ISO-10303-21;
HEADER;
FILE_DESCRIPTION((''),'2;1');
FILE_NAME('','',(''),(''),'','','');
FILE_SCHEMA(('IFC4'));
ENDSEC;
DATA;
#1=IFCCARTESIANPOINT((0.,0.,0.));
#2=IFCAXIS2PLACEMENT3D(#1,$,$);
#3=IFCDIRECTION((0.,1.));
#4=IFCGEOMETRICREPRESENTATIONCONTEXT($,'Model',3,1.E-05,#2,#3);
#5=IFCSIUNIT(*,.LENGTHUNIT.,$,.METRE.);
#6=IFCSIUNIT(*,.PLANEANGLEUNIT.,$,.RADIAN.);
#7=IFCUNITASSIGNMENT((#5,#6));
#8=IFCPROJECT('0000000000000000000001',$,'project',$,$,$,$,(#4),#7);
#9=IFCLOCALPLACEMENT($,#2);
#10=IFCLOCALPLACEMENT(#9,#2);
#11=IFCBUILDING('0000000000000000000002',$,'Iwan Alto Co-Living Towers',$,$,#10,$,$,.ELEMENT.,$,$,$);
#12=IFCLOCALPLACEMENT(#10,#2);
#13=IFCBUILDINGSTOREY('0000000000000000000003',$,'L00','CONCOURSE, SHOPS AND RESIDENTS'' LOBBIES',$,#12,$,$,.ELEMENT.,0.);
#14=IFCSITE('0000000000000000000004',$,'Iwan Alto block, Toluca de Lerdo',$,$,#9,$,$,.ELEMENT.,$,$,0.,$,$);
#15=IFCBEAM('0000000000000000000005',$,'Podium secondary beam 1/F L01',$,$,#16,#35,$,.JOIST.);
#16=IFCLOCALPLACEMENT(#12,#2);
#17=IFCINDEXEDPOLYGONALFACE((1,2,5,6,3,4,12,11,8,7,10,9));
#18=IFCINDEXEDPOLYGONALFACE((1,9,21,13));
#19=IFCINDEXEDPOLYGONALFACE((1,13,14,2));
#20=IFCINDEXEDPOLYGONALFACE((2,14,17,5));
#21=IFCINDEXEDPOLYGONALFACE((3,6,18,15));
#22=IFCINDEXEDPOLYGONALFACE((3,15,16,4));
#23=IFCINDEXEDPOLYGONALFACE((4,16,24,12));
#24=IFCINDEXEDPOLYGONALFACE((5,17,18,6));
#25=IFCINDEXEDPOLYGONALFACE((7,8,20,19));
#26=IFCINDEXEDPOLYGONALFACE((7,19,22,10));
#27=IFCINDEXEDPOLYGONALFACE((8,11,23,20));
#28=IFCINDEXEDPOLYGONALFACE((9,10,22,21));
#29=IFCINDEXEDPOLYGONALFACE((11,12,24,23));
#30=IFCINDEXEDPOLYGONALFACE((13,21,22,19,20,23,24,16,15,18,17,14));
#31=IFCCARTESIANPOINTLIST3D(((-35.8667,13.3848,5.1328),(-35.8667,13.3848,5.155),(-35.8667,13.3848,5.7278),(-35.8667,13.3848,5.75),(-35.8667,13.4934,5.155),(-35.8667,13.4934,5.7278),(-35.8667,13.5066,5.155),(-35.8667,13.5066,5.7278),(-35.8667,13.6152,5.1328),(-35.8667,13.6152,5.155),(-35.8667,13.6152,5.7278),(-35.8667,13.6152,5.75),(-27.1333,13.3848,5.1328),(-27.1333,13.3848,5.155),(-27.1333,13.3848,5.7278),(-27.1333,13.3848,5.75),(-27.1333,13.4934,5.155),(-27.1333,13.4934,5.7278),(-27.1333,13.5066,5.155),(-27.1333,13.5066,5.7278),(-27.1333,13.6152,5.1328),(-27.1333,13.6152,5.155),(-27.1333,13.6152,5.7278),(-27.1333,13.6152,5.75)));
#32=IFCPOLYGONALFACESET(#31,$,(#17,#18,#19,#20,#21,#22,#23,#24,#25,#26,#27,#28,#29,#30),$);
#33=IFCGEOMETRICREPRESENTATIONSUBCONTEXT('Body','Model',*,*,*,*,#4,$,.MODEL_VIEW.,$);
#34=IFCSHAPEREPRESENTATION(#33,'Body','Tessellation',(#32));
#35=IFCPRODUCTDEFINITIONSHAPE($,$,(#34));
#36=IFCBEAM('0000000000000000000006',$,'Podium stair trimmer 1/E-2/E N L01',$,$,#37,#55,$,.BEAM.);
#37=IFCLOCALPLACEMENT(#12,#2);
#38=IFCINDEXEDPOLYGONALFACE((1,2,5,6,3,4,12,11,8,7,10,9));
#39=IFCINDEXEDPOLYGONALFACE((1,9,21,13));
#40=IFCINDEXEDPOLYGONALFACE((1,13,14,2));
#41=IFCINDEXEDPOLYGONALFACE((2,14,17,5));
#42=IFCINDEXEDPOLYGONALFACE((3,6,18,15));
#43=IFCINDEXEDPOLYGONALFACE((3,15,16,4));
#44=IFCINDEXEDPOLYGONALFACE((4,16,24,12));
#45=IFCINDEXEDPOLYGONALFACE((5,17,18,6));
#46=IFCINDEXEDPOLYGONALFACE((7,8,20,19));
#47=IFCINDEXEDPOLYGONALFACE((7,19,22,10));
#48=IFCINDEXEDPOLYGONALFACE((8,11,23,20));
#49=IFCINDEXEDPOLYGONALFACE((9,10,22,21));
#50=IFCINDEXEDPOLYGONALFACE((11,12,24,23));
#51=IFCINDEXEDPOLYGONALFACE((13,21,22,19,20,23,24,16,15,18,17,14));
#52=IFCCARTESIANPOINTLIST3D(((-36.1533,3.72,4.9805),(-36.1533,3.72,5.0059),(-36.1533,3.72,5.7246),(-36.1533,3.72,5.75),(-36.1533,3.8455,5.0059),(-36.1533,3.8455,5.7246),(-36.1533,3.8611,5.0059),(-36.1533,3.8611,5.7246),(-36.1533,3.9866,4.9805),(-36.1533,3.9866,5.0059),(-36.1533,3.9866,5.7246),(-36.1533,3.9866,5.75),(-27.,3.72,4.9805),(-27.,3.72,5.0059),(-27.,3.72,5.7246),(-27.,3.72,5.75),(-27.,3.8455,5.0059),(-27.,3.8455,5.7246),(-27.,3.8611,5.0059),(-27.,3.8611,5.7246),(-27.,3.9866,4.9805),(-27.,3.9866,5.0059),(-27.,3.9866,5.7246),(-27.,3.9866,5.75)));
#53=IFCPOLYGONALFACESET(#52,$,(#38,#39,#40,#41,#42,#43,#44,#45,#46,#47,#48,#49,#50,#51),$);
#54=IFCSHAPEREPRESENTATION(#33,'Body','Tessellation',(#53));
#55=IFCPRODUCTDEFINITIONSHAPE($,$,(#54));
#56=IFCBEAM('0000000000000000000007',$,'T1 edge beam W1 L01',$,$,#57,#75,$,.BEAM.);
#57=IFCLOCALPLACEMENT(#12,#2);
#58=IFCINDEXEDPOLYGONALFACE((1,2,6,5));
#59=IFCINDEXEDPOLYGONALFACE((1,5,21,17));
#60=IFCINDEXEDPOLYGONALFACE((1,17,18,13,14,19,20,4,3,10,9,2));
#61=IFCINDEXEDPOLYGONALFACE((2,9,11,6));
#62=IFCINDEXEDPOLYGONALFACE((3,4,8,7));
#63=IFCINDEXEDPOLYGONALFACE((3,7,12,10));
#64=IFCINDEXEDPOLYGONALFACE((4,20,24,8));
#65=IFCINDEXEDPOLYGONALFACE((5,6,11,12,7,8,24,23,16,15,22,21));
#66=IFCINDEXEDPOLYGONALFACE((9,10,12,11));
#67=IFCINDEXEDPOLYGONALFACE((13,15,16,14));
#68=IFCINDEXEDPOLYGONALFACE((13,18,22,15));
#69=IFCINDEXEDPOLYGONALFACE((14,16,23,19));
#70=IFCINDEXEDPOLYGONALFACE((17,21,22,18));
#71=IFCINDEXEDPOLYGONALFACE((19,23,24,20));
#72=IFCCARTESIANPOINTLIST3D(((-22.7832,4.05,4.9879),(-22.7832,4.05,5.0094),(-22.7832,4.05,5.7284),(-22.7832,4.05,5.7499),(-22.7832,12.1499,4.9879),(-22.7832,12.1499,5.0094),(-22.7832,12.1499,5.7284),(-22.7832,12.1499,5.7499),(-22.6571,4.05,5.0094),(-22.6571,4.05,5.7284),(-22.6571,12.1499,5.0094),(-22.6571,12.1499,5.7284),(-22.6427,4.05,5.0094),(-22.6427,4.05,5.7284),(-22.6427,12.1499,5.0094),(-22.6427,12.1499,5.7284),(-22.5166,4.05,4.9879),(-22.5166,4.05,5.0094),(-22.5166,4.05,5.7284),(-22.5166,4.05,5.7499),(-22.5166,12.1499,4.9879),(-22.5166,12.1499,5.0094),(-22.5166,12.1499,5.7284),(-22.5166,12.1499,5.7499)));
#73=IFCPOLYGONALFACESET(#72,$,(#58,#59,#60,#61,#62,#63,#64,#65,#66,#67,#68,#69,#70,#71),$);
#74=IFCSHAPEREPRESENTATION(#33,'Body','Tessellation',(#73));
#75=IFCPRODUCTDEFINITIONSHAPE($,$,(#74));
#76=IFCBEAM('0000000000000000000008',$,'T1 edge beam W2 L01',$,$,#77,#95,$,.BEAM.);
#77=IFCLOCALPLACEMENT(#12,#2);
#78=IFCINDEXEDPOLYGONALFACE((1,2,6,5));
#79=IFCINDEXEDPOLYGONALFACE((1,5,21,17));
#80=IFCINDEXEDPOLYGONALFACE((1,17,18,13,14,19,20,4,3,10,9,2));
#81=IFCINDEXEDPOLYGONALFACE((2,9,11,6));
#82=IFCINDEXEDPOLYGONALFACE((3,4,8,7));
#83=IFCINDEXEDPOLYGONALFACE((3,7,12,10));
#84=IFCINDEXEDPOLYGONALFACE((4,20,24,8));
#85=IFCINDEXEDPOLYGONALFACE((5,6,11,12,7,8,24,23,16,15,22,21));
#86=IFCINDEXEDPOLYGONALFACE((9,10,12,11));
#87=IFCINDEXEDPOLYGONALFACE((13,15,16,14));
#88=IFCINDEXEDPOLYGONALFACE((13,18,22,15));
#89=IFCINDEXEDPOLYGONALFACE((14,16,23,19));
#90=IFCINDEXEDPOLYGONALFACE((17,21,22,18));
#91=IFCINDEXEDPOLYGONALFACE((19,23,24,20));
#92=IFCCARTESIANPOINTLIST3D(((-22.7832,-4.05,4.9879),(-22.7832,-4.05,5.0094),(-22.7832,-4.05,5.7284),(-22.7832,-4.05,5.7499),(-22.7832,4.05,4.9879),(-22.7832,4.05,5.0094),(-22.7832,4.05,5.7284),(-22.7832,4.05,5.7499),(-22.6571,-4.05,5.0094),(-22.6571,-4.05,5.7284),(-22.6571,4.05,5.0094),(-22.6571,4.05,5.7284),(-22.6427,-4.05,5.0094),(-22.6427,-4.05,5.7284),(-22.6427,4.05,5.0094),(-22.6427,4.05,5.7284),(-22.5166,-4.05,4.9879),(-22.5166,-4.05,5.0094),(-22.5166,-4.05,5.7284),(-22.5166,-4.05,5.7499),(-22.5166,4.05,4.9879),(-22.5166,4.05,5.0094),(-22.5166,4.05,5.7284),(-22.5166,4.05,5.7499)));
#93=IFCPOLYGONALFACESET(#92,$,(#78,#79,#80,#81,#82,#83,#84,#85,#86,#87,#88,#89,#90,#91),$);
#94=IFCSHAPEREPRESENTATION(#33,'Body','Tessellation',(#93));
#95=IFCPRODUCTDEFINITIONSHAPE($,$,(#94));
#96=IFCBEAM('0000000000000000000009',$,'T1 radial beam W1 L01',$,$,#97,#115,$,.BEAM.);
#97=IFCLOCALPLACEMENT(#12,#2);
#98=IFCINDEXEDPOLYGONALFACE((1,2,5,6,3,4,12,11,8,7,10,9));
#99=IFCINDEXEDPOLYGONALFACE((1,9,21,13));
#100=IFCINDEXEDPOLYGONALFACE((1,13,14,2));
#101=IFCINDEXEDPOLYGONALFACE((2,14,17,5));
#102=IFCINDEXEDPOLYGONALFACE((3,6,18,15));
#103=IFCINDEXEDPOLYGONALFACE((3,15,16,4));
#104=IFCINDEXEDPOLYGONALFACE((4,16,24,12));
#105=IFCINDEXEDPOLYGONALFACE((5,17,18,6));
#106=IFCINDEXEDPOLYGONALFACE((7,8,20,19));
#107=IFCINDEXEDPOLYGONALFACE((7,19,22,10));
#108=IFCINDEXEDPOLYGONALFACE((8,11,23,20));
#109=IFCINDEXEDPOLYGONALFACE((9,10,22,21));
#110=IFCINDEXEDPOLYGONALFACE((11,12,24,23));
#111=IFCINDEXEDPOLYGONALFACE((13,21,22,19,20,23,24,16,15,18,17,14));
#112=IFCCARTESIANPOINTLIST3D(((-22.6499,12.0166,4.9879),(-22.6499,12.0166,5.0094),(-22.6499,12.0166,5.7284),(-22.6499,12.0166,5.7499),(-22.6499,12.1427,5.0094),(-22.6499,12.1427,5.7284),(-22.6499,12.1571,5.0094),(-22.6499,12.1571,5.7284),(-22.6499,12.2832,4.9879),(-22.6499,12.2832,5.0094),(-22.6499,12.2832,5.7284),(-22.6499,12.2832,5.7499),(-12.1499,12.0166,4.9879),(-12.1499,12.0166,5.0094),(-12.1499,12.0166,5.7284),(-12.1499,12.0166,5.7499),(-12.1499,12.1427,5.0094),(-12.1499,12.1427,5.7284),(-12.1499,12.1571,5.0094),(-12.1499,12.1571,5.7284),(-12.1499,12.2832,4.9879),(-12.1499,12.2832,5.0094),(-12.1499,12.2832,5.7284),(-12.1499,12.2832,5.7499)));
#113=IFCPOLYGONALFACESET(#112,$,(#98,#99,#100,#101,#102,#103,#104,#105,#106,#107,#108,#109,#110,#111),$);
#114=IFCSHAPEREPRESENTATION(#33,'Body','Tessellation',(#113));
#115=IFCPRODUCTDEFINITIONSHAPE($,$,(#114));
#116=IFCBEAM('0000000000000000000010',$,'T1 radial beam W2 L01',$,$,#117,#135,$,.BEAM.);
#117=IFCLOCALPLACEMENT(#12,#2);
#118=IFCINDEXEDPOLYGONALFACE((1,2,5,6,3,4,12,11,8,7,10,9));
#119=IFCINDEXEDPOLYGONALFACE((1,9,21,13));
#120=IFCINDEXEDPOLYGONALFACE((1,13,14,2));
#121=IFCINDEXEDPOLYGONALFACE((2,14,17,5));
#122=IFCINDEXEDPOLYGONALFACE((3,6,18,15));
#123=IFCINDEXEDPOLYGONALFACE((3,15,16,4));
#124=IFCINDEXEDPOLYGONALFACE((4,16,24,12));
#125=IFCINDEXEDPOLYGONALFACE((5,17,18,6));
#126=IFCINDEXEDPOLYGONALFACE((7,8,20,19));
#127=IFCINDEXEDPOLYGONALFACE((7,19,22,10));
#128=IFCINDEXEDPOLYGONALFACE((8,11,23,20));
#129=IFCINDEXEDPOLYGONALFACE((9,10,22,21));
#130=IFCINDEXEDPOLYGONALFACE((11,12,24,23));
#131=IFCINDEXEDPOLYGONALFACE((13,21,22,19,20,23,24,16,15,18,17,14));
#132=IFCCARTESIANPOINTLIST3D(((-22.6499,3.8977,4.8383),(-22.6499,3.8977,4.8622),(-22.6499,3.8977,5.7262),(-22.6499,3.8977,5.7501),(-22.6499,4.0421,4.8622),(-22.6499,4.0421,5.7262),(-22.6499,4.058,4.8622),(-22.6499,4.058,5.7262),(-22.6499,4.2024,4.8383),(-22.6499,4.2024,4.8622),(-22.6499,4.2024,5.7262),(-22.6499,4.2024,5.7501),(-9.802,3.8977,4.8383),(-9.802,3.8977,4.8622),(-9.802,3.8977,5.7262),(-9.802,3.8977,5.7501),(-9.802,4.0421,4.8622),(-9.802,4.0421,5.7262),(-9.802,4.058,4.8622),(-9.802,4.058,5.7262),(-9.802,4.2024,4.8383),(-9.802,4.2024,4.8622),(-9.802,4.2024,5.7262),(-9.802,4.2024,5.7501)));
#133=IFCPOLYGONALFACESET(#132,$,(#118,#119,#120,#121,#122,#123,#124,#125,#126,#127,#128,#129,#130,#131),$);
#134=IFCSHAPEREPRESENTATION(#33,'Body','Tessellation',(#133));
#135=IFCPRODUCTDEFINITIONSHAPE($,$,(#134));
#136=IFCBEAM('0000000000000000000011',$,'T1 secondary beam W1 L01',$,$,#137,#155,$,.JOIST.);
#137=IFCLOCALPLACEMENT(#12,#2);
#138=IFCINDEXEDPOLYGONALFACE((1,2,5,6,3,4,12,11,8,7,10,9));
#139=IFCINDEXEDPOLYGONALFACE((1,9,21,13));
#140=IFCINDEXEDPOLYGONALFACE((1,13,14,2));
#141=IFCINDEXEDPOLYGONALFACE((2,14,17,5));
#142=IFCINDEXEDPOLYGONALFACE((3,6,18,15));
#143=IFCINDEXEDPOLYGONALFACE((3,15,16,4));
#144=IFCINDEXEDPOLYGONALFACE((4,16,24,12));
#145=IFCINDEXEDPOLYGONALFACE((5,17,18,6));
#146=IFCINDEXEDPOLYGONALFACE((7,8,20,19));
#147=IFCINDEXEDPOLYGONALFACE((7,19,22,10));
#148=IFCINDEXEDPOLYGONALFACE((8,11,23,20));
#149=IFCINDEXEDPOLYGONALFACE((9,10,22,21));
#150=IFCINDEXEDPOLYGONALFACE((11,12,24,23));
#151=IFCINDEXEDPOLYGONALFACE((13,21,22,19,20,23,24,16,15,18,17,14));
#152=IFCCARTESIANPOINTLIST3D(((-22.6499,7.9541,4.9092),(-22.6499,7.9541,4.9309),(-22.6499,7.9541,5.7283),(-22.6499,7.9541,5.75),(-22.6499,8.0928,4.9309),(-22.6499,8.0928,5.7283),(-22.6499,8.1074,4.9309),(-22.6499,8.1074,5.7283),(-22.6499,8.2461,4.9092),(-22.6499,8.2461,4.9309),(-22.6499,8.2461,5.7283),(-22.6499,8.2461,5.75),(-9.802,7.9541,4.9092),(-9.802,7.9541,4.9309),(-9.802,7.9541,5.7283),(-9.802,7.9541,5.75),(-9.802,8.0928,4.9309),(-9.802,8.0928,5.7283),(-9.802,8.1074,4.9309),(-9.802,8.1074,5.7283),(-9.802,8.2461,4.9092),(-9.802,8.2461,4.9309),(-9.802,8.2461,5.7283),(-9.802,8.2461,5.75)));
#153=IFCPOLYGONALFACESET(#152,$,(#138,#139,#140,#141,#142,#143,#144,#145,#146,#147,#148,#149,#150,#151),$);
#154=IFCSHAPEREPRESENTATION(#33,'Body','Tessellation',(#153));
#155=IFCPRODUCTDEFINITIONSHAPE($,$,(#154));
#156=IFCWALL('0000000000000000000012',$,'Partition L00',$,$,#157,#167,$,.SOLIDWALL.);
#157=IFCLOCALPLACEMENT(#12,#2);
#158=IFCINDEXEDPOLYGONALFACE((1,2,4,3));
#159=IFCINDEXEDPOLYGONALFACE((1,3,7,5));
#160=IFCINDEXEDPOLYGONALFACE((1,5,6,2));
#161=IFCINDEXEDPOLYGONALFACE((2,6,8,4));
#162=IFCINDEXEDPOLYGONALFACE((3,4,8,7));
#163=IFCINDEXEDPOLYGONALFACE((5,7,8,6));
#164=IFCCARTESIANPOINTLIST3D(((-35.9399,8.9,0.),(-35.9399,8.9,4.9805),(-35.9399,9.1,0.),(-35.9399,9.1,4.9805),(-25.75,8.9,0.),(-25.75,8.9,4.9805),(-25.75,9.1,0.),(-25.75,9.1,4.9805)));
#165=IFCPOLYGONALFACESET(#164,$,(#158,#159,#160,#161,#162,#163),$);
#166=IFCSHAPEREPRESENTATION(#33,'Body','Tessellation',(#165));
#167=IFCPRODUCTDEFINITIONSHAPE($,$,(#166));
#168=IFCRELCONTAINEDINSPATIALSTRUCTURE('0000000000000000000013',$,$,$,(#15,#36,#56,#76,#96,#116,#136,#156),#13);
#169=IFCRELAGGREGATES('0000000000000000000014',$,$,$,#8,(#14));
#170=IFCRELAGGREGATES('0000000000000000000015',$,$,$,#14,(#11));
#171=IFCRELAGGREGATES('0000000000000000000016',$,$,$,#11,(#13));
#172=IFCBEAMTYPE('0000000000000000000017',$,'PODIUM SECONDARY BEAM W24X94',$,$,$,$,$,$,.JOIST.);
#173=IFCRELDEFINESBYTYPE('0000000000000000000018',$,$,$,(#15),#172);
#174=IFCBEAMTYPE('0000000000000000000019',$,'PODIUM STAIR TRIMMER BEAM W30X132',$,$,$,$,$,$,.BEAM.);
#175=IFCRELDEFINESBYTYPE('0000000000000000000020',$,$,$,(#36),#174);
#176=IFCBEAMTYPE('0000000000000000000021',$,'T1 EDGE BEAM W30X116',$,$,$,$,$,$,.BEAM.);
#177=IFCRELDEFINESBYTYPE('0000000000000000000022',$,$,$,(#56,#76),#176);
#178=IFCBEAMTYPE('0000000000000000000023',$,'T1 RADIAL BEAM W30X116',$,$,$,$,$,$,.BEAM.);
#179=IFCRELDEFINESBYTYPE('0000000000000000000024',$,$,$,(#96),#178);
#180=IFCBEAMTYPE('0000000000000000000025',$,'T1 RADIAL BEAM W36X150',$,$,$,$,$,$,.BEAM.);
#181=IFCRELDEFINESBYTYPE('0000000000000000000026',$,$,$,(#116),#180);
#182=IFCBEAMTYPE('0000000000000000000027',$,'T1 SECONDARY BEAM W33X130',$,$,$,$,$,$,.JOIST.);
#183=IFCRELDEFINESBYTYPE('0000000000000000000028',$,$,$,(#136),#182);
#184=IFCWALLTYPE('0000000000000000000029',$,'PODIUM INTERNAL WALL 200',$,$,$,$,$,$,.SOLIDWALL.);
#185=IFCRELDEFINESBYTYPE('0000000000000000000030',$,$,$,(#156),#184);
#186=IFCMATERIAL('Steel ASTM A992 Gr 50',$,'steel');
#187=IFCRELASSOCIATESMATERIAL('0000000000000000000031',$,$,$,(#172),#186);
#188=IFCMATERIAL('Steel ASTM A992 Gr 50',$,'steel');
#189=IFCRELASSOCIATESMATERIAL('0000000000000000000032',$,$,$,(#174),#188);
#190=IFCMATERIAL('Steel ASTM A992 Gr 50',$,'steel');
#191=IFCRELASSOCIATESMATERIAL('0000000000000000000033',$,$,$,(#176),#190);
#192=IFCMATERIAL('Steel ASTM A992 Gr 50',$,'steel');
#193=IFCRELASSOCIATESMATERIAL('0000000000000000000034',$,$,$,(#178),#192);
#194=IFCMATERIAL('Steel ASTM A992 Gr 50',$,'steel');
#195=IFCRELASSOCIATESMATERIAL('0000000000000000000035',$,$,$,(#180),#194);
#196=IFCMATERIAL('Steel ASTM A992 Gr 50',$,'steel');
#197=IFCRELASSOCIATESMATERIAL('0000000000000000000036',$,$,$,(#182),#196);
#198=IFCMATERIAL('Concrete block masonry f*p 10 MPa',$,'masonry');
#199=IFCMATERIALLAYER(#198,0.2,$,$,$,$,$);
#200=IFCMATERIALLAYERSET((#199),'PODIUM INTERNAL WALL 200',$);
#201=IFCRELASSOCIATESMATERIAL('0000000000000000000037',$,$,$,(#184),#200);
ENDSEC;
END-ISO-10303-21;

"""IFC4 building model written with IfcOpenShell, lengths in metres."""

from ifc_helpers import new_model, si_unit, direction, frame, frame_2d, origin, origin_2d, place, context, subcontext, project, spatial, rectangle, i_section, extrude, material, layer, layer_set, material_profile, profile_set, type_object, element, save


model = new_model("IFC4")

# Units and contexts
model_context = context("Model", 3, precision=1e-05, world=origin(), true_north=direction((0.0, 1.0)))
body_context = subcontext(model_context, "Body", "Model", "MODEL_VIEW")
ifc_project = project(units=[si_unit("LENGTHUNIT", "METRE"), si_unit("PLANEANGLEUNIT", "RADIAN")], contexts=[model_context])

# Site, building, storey
site_placement = place(None, origin())
site = spatial("IfcSite", under=ifc_project, at=site_placement, Name="Iwan Alto block, Toluca de Lerdo", CompositionType="ELEMENT", RefElevation=0.0)
building_placement = place(site_placement, origin())
building = spatial("IfcBuilding", under=site, at=building_placement, Name="Iwan Alto Co-Living Towers", CompositionType="ELEMENT")
storey_placement = place(building_placement, origin())
storey = spatial("IfcBuildingStorey", under=building, at=storey_placement, Name="L00", Description="CONCOURSE, SHOPS AND RESIDENTS' LOBBIES", CompositionType="ELEMENT", Elevation=0.0)

# Beams
ifc_material_1 = material(Name="Steel ASTM A992 Gr 50", Category="steel")
ifc_material_profile_1 = material_profile(ifc_material_1, i_section(OverallWidth=0.2305, OverallDepth=0.6172, WebThickness=0.0132, FlangeThickness=0.0222, at=origin_2d()), Name="W24X94")
ifc_profile_set_1 = profile_set([ifc_material_profile_1], Name="Steel ASTM A992 Gr 50")
beam_type_1 = type_object("IfcBeamType", Name="PODIUM SECONDARY BEAM W24X94", PredefinedType="JOIST", material=ifc_profile_set_1)
beam_1_placement = place(storey_placement, frame((-35.8667, 13.5, 5.4414), z_axis=(1.0, 0.0, 0.0), x_axis=(0.0, 1.0, 0.0)))
element("IfcBeam", 1, at=beam_1_placement, inside=storey, type_object=beam_type_1, Name="Podium secondary beam 1/F L01", PredefinedType="JOIST", context=body_context, shape_type="SweptSolid", body=[
    extrude(i_section(OverallWidth=0.2305, OverallDepth=0.6172, WebThickness=0.0132, FlangeThickness=0.0222, at=origin_2d()), origin(), (0.0, 0.0, 1.0), 8.7334),
])
ifc_material_2 = material(Name="Steel ASTM A992 Gr 50", Category="steel")
ifc_material_profile_2 = material_profile(ifc_material_2, i_section(OverallWidth=0.2666, OverallDepth=0.7695, WebThickness=0.0156, FlangeThickness=0.0254, at=origin_2d()), Name="W30X132")
ifc_profile_set_2 = profile_set([ifc_material_profile_2], Name="Steel ASTM A992 Gr 50")
beam_type_2 = type_object("IfcBeamType", Name="PODIUM STAIR TRIMMER BEAM W30X132", PredefinedType="BEAM", material=ifc_profile_set_2)
beam_2_placement = place(storey_placement, frame((-36.1533, 3.8533, 5.3652), z_axis=(1.0, 0.0, 0.0), x_axis=(0.0, 1.0, 0.0)))
element("IfcBeam", 2, at=beam_2_placement, inside=storey, type_object=beam_type_2, Name="Podium stair trimmer 1/E-2/E N L01", PredefinedType="BEAM", context=body_context, shape_type="SweptSolid", body=[
    extrude(i_section(OverallWidth=0.2666, OverallDepth=0.7695, WebThickness=0.0156, FlangeThickness=0.0254, at=origin_2d()), origin(), (0.0, 0.0, 1.0), 9.1533),
])
ifc_material_3 = material(Name="Steel ASTM A992 Gr 50", Category="steel")
ifc_material_profile_3 = material_profile(ifc_material_3, i_section(OverallWidth=0.2666, OverallDepth=0.762, WebThickness=0.0144, FlangeThickness=0.0215, at=origin_2d()), Name="W30X116")
ifc_profile_set_3 = profile_set([ifc_material_profile_3], Name="Steel ASTM A992 Gr 50")
beam_type_3 = type_object("IfcBeamType", Name="T1 EDGE BEAM W30X116", PredefinedType="BEAM", material=ifc_profile_set_3)
beam_3_placement = place(storey_placement, frame((-22.6499, 12.1499, 5.3689), z_axis=(0.0, -1.0, 0.0), x_axis=(1.0, 0.0, 0.0)))
element("IfcBeam", 3, at=beam_3_placement, inside=storey, type_object=beam_type_3, Name="T1 edge beam W1 L01", PredefinedType="BEAM", context=body_context, shape_type="SweptSolid", body=[
    extrude(i_section(OverallWidth=0.2666, OverallDepth=0.762, WebThickness=0.0144, FlangeThickness=0.0215, at=origin_2d()), origin(), (0.0, 0.0, 1.0), 8.0999),
])
beam_4_placement = place(storey_placement, frame((-22.6499, 4.05, 5.3689), z_axis=(0.0, -1.0, 0.0), x_axis=(1.0, 0.0, 0.0)))
element("IfcBeam", 4, at=beam_4_placement, inside=storey, type_object=beam_type_3, Name="T1 edge beam W2 L01", PredefinedType="BEAM", context=body_context, shape_type="SweptSolid", body=[
    extrude(i_section(OverallWidth=0.2666, OverallDepth=0.762, WebThickness=0.0144, FlangeThickness=0.0215, at=origin_2d()), origin(), (0.0, 0.0, 1.0), 8.1001),
])
ifc_material_4 = material(Name="Steel ASTM A992 Gr 50", Category="steel")
ifc_material_profile_4 = material_profile(ifc_material_4, i_section(OverallWidth=0.2666, OverallDepth=0.762, WebThickness=0.0144, FlangeThickness=0.0215, at=origin_2d()), Name="W30X116")
ifc_profile_set_4 = profile_set([ifc_material_profile_4], Name="Steel ASTM A992 Gr 50")
beam_type_4 = type_object("IfcBeamType", Name="T1 RADIAL BEAM W30X116", PredefinedType="BEAM", material=ifc_profile_set_4)
beam_5_placement = place(storey_placement, frame((-22.6499, 12.1499, 5.3689), z_axis=(1.0, 0.0, 0.0), x_axis=(0.0, 1.0, 0.0)))
element("IfcBeam", 5, at=beam_5_placement, inside=storey, type_object=beam_type_4, Name="T1 radial beam W1 L01", PredefinedType="BEAM", context=body_context, shape_type="SweptSolid", body=[
    extrude(i_section(OverallWidth=0.2666, OverallDepth=0.762, WebThickness=0.0144, FlangeThickness=0.0215, at=origin_2d()), origin(), (0.0, 0.0, 1.0), 10.5),
])
ifc_material_5 = material(Name="Steel ASTM A992 Gr 50", Category="steel")
ifc_material_profile_5 = material_profile(ifc_material_5, i_section(OverallWidth=0.3047, OverallDepth=0.9119, WebThickness=0.0159, FlangeThickness=0.0239, at=origin_2d()), Name="W36X150")
ifc_profile_set_5 = profile_set([ifc_material_profile_5], Name="Steel ASTM A992 Gr 50")
beam_type_5 = type_object("IfcBeamType", Name="T1 RADIAL BEAM W36X150", PredefinedType="BEAM", material=ifc_profile_set_5)
beam_6_placement = place(storey_placement, frame((-22.6499, 4.05, 5.2942), z_axis=(1.0, 0.0, 0.0), x_axis=(0.0, 1.0, 0.0)))
element("IfcBeam", 6, at=beam_6_placement, inside=storey, type_object=beam_type_5, Name="T1 radial beam W2 L01", PredefinedType="BEAM", context=body_context, shape_type="SweptSolid", body=[
    extrude(i_section(OverallWidth=0.3047, OverallDepth=0.9119, WebThickness=0.0159, FlangeThickness=0.0239, at=origin_2d()), origin(), (0.0, 0.0, 1.0), 12.8479),
])
ifc_material_6 = material(Name="Steel ASTM A992 Gr 50", Category="steel")
ifc_material_profile_6 = material_profile(ifc_material_6, i_section(OverallWidth=0.292, OverallDepth=0.8408, WebThickness=0.0146, FlangeThickness=0.0217, at=origin_2d()), Name="W33X130")
ifc_profile_set_6 = profile_set([ifc_material_profile_6], Name="Steel ASTM A992 Gr 50")
beam_type_6 = type_object("IfcBeamType", Name="T1 SECONDARY BEAM W33X130", PredefinedType="JOIST", material=ifc_profile_set_6)
beam_7_placement = place(storey_placement, frame((-22.6499, 8.1001, 5.3296), z_axis=(1.0, 0.0, 0.0), x_axis=(0.0, 1.0, 0.0)))
element("IfcBeam", 7, at=beam_7_placement, inside=storey, type_object=beam_type_6, Name="T1 secondary beam W1 L01", PredefinedType="JOIST", context=body_context, shape_type="SweptSolid", body=[
    extrude(i_section(OverallWidth=0.292, OverallDepth=0.8408, WebThickness=0.0146, FlangeThickness=0.0217, at=origin_2d()), origin(), (0.0, 0.0, 1.0), 12.8479),
])

# Wall
ifc_material_7 = material(Name="Concrete block masonry f*p 10 MPa", Category="masonry")
ifc_layer = layer(ifc_material_7, 0.2)
ifc_layer_set = layer_set([ifc_layer], Name="PODIUM INTERNAL WALL 200")
wall_type = type_object("IfcWallType", Name="PODIUM INTERNAL WALL 200", PredefinedType="SOLIDWALL", material=ifc_layer_set)
wall_placement = place(storey_placement, frame((-35.9399, 9.0, 0.0), z_axis=(0.0, 0.0, 1.0), x_axis=(1.0, 0.0, 0.0)))
element("IfcWall", 8, at=wall_placement, inside=storey, type_object=wall_type, Name="Partition L00", PredefinedType="SOLIDWALL", context=body_context, shape_type="SweptSolid", body=[
    extrude(rectangle(XDim=10.1899, YDim=0.2, at=frame_2d((5.095, 0.0))), origin(), (0.0, 0.0, 1.0), 4.9805),
])

save(model, "model.ifc")
